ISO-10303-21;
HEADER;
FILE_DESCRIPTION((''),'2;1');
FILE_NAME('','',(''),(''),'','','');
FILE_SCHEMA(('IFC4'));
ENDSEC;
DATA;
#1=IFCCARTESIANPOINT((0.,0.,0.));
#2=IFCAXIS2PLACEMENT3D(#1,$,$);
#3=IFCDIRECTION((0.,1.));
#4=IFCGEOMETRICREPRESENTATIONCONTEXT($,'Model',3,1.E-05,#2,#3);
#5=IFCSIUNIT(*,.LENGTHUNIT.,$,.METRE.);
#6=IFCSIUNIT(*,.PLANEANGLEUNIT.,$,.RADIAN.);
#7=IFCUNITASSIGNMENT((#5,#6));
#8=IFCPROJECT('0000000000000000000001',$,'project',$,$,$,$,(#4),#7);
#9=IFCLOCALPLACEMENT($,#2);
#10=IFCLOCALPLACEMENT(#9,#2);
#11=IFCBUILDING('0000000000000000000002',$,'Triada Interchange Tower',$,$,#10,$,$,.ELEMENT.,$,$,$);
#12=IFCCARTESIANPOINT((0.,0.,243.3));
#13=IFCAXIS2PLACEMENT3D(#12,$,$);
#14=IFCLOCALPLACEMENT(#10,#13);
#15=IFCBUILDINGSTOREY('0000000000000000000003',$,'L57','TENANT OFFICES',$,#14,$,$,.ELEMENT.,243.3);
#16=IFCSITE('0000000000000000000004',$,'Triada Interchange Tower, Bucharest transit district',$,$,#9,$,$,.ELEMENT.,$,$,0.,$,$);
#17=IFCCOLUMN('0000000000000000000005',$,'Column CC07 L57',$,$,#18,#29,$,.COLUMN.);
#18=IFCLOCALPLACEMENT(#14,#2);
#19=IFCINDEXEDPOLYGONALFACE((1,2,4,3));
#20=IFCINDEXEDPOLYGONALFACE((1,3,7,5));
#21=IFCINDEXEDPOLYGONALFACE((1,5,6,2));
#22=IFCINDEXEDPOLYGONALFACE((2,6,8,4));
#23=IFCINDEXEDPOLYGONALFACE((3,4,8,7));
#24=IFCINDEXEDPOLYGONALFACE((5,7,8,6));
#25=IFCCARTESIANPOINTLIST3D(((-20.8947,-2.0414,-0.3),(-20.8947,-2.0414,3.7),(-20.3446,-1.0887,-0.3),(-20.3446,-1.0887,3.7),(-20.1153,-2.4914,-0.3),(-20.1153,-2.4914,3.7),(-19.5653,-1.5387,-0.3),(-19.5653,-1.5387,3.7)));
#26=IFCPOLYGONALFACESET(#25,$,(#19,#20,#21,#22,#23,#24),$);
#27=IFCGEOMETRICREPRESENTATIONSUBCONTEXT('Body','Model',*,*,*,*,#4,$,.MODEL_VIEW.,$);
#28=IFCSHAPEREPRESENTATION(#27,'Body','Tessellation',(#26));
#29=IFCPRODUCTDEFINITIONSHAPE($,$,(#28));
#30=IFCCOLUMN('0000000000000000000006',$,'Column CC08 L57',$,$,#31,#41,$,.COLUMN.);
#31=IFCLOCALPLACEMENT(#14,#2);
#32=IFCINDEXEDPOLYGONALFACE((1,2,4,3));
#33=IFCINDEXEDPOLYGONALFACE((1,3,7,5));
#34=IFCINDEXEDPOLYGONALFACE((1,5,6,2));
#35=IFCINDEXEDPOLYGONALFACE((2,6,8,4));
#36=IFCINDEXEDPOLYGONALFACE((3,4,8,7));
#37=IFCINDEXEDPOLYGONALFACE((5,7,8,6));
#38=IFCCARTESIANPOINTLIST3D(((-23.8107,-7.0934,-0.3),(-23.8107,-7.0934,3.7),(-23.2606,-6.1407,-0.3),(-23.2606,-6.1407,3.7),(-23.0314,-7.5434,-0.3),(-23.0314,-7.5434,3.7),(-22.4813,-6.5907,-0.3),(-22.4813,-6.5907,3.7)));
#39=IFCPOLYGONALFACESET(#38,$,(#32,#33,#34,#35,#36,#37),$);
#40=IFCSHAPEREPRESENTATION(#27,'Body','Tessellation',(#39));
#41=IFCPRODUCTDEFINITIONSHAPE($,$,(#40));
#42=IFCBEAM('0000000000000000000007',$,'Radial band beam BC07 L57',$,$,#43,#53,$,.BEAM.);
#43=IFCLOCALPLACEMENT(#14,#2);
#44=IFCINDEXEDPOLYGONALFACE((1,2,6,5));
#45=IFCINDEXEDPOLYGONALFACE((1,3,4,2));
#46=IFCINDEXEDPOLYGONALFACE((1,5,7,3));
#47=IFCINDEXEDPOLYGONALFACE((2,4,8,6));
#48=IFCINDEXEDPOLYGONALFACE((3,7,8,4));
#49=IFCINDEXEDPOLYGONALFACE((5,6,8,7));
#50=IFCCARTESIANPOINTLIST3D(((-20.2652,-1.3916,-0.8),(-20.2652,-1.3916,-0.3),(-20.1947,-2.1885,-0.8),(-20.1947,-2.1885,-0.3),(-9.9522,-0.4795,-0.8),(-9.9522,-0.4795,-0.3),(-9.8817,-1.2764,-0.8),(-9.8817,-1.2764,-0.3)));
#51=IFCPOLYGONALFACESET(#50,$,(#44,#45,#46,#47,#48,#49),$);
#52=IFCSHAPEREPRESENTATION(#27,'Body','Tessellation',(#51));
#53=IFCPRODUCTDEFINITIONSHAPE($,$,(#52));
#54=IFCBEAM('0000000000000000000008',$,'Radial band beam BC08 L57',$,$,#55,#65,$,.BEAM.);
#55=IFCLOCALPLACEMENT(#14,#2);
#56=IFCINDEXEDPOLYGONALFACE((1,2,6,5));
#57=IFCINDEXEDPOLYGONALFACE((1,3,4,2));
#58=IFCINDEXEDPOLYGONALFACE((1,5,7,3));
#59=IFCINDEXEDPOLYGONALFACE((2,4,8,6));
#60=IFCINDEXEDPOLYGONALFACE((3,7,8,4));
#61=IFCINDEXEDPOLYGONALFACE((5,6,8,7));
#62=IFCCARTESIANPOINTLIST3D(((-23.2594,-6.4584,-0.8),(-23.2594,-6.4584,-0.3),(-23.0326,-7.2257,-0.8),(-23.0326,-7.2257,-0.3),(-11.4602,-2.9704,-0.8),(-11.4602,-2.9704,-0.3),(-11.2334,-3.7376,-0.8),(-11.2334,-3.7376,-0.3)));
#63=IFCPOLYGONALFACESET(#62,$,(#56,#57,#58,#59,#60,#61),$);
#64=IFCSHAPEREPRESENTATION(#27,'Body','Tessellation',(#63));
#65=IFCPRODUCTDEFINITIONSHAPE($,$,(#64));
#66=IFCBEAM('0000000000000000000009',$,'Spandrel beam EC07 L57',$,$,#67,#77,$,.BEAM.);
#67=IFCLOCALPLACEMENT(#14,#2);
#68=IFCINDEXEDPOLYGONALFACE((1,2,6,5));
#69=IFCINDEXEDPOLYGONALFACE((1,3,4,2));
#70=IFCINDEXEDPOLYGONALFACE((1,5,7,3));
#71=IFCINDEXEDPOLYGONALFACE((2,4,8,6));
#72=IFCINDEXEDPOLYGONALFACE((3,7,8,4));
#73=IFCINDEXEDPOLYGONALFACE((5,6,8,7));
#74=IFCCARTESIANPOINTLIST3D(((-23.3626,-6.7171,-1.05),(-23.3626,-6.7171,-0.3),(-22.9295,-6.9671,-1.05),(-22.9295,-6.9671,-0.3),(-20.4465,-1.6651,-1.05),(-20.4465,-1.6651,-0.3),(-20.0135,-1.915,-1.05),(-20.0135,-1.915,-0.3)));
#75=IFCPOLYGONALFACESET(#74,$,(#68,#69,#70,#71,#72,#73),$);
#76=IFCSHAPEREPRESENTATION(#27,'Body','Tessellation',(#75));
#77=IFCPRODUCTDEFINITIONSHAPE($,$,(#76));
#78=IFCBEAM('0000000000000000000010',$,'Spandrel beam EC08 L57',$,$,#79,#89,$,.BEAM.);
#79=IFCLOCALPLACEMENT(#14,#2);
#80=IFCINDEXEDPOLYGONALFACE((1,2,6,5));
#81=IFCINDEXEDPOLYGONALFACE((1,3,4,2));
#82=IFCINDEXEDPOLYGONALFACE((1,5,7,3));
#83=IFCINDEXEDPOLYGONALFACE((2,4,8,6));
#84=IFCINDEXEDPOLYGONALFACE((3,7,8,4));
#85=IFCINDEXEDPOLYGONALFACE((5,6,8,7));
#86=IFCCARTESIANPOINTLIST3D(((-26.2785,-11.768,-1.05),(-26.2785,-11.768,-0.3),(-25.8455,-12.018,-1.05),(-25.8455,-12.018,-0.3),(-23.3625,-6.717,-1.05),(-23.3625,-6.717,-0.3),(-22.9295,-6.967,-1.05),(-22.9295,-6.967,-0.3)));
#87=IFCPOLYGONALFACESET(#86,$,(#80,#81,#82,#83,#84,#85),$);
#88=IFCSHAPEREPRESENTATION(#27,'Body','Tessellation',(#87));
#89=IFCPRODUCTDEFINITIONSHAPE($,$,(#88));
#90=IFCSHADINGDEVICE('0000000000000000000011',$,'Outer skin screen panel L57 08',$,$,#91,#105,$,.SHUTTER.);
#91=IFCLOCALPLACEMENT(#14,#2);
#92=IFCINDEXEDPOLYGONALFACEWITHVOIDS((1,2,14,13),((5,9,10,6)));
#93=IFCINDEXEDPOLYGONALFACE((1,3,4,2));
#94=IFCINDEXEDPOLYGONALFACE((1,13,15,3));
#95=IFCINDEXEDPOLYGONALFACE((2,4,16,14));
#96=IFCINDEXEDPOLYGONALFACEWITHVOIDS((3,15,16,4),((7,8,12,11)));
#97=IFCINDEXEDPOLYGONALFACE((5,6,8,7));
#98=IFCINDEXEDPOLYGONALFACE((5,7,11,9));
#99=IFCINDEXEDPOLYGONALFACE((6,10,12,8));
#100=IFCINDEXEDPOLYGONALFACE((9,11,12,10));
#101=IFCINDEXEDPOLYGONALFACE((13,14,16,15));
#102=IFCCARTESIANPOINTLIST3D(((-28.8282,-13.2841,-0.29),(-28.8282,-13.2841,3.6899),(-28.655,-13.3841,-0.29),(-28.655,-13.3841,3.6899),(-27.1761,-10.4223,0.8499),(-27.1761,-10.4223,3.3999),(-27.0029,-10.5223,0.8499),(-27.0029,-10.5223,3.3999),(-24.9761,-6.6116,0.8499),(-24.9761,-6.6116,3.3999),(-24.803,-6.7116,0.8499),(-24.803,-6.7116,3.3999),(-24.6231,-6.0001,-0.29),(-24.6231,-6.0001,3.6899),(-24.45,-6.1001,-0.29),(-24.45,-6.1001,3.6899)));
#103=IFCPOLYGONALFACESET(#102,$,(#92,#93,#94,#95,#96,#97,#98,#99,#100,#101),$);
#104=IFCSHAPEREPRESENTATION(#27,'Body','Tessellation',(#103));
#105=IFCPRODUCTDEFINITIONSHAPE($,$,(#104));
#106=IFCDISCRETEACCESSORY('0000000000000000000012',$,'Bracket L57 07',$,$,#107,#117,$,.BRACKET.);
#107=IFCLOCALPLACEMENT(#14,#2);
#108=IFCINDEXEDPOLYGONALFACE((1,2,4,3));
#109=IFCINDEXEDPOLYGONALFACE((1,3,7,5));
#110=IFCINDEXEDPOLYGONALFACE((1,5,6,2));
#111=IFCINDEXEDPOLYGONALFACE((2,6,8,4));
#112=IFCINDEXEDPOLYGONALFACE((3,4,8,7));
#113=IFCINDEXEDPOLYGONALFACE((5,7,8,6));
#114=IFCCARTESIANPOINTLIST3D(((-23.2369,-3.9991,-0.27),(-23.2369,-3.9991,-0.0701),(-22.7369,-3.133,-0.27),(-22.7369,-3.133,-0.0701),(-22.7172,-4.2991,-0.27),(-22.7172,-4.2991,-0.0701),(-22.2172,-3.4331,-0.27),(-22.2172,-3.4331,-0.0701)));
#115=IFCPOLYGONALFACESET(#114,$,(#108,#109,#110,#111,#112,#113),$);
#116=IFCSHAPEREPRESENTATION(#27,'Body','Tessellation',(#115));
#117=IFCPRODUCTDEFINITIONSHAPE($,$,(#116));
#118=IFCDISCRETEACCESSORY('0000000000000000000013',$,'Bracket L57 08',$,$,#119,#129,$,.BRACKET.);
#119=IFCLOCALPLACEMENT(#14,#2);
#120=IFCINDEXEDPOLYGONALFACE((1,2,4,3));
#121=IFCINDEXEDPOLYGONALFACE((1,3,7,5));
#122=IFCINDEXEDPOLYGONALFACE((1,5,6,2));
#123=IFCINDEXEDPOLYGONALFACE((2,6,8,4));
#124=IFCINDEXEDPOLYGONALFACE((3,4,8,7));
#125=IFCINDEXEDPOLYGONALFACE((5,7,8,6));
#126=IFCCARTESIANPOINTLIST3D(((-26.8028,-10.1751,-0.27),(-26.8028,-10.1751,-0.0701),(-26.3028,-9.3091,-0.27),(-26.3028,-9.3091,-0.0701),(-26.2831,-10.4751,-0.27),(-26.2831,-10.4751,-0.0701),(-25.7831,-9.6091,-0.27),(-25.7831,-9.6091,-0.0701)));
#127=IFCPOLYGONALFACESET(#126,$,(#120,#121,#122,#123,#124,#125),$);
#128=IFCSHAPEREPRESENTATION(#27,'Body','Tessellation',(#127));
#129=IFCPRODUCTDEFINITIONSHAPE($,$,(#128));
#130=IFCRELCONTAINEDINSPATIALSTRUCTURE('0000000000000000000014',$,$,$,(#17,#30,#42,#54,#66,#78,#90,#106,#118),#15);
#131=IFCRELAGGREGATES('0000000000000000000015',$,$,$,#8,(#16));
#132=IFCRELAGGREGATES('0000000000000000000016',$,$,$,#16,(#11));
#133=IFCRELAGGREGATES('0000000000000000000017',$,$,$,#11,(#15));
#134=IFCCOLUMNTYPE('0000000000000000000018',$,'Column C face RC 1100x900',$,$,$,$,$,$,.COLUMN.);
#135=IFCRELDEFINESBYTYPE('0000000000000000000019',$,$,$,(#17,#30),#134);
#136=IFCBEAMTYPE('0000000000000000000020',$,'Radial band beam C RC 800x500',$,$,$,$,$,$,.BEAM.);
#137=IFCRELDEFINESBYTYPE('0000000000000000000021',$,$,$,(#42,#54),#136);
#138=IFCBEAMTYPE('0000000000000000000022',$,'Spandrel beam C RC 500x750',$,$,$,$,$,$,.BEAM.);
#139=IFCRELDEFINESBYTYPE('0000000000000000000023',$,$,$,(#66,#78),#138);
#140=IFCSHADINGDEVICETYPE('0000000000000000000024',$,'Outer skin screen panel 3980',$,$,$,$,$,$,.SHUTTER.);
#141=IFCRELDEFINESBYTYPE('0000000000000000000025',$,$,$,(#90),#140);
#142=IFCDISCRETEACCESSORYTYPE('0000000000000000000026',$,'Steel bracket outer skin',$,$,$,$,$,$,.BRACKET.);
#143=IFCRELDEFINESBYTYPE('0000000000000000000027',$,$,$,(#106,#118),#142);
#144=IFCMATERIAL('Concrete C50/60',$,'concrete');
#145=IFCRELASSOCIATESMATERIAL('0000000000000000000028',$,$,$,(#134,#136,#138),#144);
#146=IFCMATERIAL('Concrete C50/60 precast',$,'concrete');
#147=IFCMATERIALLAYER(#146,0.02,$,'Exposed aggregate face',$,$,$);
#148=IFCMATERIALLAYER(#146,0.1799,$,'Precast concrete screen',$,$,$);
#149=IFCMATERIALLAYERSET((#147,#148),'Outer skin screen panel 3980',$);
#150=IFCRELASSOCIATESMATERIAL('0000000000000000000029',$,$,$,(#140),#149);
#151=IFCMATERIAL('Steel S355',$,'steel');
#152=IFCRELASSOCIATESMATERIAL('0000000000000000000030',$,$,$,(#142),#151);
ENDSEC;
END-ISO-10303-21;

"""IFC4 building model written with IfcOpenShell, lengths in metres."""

from ifc_helpers import new_model, si_unit, direction, frame, origin, origin_2d, place, context, subcontext, project, spatial, polyline, rectangle, outline, extrude, material, layer, layer_set, material_profile, profile_set, type_object, element, save


model = new_model("IFC4")

# Units and contexts
model_context = context("Model", 3, precision=1e-05, world=origin(), true_north=direction((0.0, 1.0)))
body_context = subcontext(model_context, "Body", "Model", "MODEL_VIEW")
ifc_project = project(units=[si_unit("LENGTHUNIT", "METRE"), si_unit("PLANEANGLEUNIT", "RADIAN")], contexts=[model_context])

# Site, building, storey
site_placement = place(None, origin())
site = spatial("IfcSite", under=ifc_project, at=site_placement, Name="Triada Interchange Tower, Bucharest transit district", CompositionType="ELEMENT", RefElevation=0.0)
building_placement = place(site_placement, origin())
building = spatial("IfcBuilding", under=site, at=building_placement, Name="Triada Interchange Tower", CompositionType="ELEMENT")
storey_placement = place(building_placement, frame((0.0, 0.0, 243.3)))
storey = spatial("IfcBuildingStorey", under=building, at=storey_placement, Name="L57", Description="TENANT OFFICES", CompositionType="ELEMENT", Elevation=243.3)

# Columns
ifc_material_1 = material(Name="Concrete C50/60", Category="concrete")
ifc_material_profile_1 = material_profile(ifc_material_1, rectangle(XDim=1.1001, YDim=0.8999, at=origin_2d()), Name="RC 1100x900")
ifc_profile_set_1 = profile_set([ifc_material_profile_1], Name="Concrete C50/60")
column_type = type_object("IfcColumnType", Name="Column C face RC 1100x900", PredefinedType="COLUMN", material=ifc_profile_set_1)
for number, where, z_axis, x_axis, name in (
    (1, (-20.23, -1.79, -0.3), (0.0, 0.0, 1.0), (0.5, 0.866025, 0.0), "Column CC07 L57"),
    (2, (-23.146, -6.842, -0.3), (0.0, 0.0, 1.0), (0.5, 0.866025, 0.0), "Column CC08 L57"),
):
    element("IfcColumn", number, at=place(storey_placement, frame(where, z_axis=z_axis, x_axis=x_axis)), inside=storey, type_object=column_type, Name=name, PredefinedType="COLUMN", context=body_context, shape_type="SweptSolid", body=[
        extrude(rectangle(XDim=1.1001, YDim=0.8999, at=origin_2d()), origin(), (0.0, 0.0, 1.0), 4.0),
    ])

# Beams
ifc_material_profile_2 = material_profile(ifc_material_1, rectangle(XDim=0.8, YDim=0.5, at=origin_2d()), Name="RC 800x500")
ifc_profile_set_2 = profile_set([ifc_material_profile_2], Name="Concrete C50/60")
beam_type_1 = type_object("IfcBeamType", Name="Radial band beam C RC 800x500", PredefinedType="BEAM", material=ifc_profile_set_2)
beam_1_placement = place(storey_placement, frame((-20.23, -1.79, -0.55), z_axis=(0.996112, 0.088099, 0.0), x_axis=(-0.088099, 0.996112, 0.0)))
element("IfcBeam", 3, at=beam_1_placement, inside=storey, type_object=beam_type_1, Name="Radial band beam BC07 L57", PredefinedType="BEAM", context=body_context, shape_type="SweptSolid", body=[
    extrude(rectangle(XDim=0.8, YDim=0.5, at=origin_2d()), origin(), (0.0, 0.0, 1.0), 10.3533),
])
beam_2_placement = place(storey_placement, frame((-23.146, -6.842, -0.55), z_axis=(0.958975, 0.283492, 0.0), x_axis=(-0.283492, 0.958975, 0.0)))
element("IfcBeam", 4, at=beam_2_placement, inside=storey, type_object=beam_type_1, Name="Radial band beam BC08 L57", PredefinedType="BEAM", context=body_context, shape_type="SweptSolid", body=[
    extrude(rectangle(XDim=0.8, YDim=0.5, at=origin_2d()), origin(), (0.0, 0.0, 1.0), 12.304),
])
ifc_material_profile_3 = material_profile(ifc_material_1, rectangle(XDim=0.5, YDim=0.75, at=origin_2d()), Name="RC 500x750")
ifc_profile_set_3 = profile_set([ifc_material_profile_3], Name="Concrete C50/60")
beam_type_2 = type_object("IfcBeamType", Name="Spandrel beam C RC 500x750", PredefinedType="BEAM", material=ifc_profile_set_3)
beam_3_placement = place(storey_placement, frame((-20.23, -1.79, -0.675), z_axis=(-0.499902, -0.866082, 0.0), x_axis=(0.866082, -0.499902, 0.0)))
element("IfcBeam", 5, at=beam_3_placement, inside=storey, type_object=beam_type_2, Name="Spandrel beam EC07 L57", PredefinedType="BEAM", context=body_context, shape_type="SweptSolid", body=[
    extrude(rectangle(XDim=0.5, YDim=0.75, at=origin_2d()), origin(), (0.0, 0.0, 1.0), 5.8333),
])
beam_4_placement = place(storey_placement, frame((-23.146, -6.842, -0.675), z_axis=(-0.499975, -0.86604, 0.0), x_axis=(0.86604, -0.499975, 0.0)))
element("IfcBeam", 6, at=beam_4_placement, inside=storey, type_object=beam_type_2, Name="Spandrel beam EC08 L57", PredefinedType="BEAM", context=body_context, shape_type="SweptSolid", body=[
    extrude(rectangle(XDim=0.5, YDim=0.75, at=origin_2d()), origin(), (0.0, 0.0, 1.0), 5.8323),
])

# Shading device
ifc_material_2 = material(Name="Concrete C50/60 precast", Category="concrete")
ifc_layer_1 = layer(ifc_material_2, 0.02, Name="Exposed aggregate face")
ifc_layer_2 = layer(ifc_material_2, 0.1799, Name="Precast concrete screen")
ifc_layer_set = layer_set([ifc_layer_1, ifc_layer_2], Name="Outer skin screen panel 3980")
shading_device_type = type_object("IfcShadingDeviceType", Name="Outer skin screen panel 3980", PredefinedType="SHUTTER", material=ifc_layer_set)
shading_device_placement = place(storey_placement, frame((-24.45, -6.1001, -0.29), z_axis=(0.0, 0.0, 1.0), x_axis=(-0.499973, -0.866041, 0.0)))
element("IfcShadingDevice", 7, at=shading_device_placement, inside=storey, type_object=shading_device_type, Name="Outer skin screen panel L57 08", PredefinedType="SHUTTER", context=body_context, shape_type="SweptSolid", body=[
    extrude(outline(polyline([(0.0, 0.0), (8.4106, 0.0), (8.4106, 3.98), (0.0, 3.98), (0.0, 0.0)]), holes=[polyline([(0.7061, 1.1399), (0.7061, 3.6899), (5.1062, 3.6899), (5.1062, 1.1399), (0.7061, 1.1399)])]), frame((0.0, 0.0, 0.0), z_axis=(0.0, -1.0, 0.0), x_axis=(1.0, 0.0, 0.0)), (0.0, 0.0, 1.0), 0.2),
])

# Discrete accessories
ifc_material_3 = material(Name="Steel S355", Category="steel")
discrete_accessory_type = type_object("IfcDiscreteAccessoryType", Name="Steel bracket outer skin", PredefinedType="BRACKET", material=ifc_material_3)
for number, where, z_axis, x_axis, name in (
    (8, (-22.7271, -3.7161, -0.27), (0.0, 0.0, 1.0), (-0.86603, 0.499991, 0.0), "Bracket L57 07"),
    (9, (-26.293, -9.8921, -0.27), (0.0, 0.0, 1.0), (-0.86603, 0.499991, 0.0), "Bracket L57 08"),
):
    element("IfcDiscreteAccessory", number, at=place(storey_placement, frame(where, z_axis=z_axis, x_axis=x_axis)), inside=storey, type_object=discrete_accessory_type, Name=name, PredefinedType="BRACKET", context=body_context, shape_type="SweptSolid", body=[
        extrude(rectangle(XDim=0.6001, YDim=1.0, at=origin_2d()), origin(), (0.0, 0.0, 1.0), 0.2),
    ])

save(model, "model.ifc")
